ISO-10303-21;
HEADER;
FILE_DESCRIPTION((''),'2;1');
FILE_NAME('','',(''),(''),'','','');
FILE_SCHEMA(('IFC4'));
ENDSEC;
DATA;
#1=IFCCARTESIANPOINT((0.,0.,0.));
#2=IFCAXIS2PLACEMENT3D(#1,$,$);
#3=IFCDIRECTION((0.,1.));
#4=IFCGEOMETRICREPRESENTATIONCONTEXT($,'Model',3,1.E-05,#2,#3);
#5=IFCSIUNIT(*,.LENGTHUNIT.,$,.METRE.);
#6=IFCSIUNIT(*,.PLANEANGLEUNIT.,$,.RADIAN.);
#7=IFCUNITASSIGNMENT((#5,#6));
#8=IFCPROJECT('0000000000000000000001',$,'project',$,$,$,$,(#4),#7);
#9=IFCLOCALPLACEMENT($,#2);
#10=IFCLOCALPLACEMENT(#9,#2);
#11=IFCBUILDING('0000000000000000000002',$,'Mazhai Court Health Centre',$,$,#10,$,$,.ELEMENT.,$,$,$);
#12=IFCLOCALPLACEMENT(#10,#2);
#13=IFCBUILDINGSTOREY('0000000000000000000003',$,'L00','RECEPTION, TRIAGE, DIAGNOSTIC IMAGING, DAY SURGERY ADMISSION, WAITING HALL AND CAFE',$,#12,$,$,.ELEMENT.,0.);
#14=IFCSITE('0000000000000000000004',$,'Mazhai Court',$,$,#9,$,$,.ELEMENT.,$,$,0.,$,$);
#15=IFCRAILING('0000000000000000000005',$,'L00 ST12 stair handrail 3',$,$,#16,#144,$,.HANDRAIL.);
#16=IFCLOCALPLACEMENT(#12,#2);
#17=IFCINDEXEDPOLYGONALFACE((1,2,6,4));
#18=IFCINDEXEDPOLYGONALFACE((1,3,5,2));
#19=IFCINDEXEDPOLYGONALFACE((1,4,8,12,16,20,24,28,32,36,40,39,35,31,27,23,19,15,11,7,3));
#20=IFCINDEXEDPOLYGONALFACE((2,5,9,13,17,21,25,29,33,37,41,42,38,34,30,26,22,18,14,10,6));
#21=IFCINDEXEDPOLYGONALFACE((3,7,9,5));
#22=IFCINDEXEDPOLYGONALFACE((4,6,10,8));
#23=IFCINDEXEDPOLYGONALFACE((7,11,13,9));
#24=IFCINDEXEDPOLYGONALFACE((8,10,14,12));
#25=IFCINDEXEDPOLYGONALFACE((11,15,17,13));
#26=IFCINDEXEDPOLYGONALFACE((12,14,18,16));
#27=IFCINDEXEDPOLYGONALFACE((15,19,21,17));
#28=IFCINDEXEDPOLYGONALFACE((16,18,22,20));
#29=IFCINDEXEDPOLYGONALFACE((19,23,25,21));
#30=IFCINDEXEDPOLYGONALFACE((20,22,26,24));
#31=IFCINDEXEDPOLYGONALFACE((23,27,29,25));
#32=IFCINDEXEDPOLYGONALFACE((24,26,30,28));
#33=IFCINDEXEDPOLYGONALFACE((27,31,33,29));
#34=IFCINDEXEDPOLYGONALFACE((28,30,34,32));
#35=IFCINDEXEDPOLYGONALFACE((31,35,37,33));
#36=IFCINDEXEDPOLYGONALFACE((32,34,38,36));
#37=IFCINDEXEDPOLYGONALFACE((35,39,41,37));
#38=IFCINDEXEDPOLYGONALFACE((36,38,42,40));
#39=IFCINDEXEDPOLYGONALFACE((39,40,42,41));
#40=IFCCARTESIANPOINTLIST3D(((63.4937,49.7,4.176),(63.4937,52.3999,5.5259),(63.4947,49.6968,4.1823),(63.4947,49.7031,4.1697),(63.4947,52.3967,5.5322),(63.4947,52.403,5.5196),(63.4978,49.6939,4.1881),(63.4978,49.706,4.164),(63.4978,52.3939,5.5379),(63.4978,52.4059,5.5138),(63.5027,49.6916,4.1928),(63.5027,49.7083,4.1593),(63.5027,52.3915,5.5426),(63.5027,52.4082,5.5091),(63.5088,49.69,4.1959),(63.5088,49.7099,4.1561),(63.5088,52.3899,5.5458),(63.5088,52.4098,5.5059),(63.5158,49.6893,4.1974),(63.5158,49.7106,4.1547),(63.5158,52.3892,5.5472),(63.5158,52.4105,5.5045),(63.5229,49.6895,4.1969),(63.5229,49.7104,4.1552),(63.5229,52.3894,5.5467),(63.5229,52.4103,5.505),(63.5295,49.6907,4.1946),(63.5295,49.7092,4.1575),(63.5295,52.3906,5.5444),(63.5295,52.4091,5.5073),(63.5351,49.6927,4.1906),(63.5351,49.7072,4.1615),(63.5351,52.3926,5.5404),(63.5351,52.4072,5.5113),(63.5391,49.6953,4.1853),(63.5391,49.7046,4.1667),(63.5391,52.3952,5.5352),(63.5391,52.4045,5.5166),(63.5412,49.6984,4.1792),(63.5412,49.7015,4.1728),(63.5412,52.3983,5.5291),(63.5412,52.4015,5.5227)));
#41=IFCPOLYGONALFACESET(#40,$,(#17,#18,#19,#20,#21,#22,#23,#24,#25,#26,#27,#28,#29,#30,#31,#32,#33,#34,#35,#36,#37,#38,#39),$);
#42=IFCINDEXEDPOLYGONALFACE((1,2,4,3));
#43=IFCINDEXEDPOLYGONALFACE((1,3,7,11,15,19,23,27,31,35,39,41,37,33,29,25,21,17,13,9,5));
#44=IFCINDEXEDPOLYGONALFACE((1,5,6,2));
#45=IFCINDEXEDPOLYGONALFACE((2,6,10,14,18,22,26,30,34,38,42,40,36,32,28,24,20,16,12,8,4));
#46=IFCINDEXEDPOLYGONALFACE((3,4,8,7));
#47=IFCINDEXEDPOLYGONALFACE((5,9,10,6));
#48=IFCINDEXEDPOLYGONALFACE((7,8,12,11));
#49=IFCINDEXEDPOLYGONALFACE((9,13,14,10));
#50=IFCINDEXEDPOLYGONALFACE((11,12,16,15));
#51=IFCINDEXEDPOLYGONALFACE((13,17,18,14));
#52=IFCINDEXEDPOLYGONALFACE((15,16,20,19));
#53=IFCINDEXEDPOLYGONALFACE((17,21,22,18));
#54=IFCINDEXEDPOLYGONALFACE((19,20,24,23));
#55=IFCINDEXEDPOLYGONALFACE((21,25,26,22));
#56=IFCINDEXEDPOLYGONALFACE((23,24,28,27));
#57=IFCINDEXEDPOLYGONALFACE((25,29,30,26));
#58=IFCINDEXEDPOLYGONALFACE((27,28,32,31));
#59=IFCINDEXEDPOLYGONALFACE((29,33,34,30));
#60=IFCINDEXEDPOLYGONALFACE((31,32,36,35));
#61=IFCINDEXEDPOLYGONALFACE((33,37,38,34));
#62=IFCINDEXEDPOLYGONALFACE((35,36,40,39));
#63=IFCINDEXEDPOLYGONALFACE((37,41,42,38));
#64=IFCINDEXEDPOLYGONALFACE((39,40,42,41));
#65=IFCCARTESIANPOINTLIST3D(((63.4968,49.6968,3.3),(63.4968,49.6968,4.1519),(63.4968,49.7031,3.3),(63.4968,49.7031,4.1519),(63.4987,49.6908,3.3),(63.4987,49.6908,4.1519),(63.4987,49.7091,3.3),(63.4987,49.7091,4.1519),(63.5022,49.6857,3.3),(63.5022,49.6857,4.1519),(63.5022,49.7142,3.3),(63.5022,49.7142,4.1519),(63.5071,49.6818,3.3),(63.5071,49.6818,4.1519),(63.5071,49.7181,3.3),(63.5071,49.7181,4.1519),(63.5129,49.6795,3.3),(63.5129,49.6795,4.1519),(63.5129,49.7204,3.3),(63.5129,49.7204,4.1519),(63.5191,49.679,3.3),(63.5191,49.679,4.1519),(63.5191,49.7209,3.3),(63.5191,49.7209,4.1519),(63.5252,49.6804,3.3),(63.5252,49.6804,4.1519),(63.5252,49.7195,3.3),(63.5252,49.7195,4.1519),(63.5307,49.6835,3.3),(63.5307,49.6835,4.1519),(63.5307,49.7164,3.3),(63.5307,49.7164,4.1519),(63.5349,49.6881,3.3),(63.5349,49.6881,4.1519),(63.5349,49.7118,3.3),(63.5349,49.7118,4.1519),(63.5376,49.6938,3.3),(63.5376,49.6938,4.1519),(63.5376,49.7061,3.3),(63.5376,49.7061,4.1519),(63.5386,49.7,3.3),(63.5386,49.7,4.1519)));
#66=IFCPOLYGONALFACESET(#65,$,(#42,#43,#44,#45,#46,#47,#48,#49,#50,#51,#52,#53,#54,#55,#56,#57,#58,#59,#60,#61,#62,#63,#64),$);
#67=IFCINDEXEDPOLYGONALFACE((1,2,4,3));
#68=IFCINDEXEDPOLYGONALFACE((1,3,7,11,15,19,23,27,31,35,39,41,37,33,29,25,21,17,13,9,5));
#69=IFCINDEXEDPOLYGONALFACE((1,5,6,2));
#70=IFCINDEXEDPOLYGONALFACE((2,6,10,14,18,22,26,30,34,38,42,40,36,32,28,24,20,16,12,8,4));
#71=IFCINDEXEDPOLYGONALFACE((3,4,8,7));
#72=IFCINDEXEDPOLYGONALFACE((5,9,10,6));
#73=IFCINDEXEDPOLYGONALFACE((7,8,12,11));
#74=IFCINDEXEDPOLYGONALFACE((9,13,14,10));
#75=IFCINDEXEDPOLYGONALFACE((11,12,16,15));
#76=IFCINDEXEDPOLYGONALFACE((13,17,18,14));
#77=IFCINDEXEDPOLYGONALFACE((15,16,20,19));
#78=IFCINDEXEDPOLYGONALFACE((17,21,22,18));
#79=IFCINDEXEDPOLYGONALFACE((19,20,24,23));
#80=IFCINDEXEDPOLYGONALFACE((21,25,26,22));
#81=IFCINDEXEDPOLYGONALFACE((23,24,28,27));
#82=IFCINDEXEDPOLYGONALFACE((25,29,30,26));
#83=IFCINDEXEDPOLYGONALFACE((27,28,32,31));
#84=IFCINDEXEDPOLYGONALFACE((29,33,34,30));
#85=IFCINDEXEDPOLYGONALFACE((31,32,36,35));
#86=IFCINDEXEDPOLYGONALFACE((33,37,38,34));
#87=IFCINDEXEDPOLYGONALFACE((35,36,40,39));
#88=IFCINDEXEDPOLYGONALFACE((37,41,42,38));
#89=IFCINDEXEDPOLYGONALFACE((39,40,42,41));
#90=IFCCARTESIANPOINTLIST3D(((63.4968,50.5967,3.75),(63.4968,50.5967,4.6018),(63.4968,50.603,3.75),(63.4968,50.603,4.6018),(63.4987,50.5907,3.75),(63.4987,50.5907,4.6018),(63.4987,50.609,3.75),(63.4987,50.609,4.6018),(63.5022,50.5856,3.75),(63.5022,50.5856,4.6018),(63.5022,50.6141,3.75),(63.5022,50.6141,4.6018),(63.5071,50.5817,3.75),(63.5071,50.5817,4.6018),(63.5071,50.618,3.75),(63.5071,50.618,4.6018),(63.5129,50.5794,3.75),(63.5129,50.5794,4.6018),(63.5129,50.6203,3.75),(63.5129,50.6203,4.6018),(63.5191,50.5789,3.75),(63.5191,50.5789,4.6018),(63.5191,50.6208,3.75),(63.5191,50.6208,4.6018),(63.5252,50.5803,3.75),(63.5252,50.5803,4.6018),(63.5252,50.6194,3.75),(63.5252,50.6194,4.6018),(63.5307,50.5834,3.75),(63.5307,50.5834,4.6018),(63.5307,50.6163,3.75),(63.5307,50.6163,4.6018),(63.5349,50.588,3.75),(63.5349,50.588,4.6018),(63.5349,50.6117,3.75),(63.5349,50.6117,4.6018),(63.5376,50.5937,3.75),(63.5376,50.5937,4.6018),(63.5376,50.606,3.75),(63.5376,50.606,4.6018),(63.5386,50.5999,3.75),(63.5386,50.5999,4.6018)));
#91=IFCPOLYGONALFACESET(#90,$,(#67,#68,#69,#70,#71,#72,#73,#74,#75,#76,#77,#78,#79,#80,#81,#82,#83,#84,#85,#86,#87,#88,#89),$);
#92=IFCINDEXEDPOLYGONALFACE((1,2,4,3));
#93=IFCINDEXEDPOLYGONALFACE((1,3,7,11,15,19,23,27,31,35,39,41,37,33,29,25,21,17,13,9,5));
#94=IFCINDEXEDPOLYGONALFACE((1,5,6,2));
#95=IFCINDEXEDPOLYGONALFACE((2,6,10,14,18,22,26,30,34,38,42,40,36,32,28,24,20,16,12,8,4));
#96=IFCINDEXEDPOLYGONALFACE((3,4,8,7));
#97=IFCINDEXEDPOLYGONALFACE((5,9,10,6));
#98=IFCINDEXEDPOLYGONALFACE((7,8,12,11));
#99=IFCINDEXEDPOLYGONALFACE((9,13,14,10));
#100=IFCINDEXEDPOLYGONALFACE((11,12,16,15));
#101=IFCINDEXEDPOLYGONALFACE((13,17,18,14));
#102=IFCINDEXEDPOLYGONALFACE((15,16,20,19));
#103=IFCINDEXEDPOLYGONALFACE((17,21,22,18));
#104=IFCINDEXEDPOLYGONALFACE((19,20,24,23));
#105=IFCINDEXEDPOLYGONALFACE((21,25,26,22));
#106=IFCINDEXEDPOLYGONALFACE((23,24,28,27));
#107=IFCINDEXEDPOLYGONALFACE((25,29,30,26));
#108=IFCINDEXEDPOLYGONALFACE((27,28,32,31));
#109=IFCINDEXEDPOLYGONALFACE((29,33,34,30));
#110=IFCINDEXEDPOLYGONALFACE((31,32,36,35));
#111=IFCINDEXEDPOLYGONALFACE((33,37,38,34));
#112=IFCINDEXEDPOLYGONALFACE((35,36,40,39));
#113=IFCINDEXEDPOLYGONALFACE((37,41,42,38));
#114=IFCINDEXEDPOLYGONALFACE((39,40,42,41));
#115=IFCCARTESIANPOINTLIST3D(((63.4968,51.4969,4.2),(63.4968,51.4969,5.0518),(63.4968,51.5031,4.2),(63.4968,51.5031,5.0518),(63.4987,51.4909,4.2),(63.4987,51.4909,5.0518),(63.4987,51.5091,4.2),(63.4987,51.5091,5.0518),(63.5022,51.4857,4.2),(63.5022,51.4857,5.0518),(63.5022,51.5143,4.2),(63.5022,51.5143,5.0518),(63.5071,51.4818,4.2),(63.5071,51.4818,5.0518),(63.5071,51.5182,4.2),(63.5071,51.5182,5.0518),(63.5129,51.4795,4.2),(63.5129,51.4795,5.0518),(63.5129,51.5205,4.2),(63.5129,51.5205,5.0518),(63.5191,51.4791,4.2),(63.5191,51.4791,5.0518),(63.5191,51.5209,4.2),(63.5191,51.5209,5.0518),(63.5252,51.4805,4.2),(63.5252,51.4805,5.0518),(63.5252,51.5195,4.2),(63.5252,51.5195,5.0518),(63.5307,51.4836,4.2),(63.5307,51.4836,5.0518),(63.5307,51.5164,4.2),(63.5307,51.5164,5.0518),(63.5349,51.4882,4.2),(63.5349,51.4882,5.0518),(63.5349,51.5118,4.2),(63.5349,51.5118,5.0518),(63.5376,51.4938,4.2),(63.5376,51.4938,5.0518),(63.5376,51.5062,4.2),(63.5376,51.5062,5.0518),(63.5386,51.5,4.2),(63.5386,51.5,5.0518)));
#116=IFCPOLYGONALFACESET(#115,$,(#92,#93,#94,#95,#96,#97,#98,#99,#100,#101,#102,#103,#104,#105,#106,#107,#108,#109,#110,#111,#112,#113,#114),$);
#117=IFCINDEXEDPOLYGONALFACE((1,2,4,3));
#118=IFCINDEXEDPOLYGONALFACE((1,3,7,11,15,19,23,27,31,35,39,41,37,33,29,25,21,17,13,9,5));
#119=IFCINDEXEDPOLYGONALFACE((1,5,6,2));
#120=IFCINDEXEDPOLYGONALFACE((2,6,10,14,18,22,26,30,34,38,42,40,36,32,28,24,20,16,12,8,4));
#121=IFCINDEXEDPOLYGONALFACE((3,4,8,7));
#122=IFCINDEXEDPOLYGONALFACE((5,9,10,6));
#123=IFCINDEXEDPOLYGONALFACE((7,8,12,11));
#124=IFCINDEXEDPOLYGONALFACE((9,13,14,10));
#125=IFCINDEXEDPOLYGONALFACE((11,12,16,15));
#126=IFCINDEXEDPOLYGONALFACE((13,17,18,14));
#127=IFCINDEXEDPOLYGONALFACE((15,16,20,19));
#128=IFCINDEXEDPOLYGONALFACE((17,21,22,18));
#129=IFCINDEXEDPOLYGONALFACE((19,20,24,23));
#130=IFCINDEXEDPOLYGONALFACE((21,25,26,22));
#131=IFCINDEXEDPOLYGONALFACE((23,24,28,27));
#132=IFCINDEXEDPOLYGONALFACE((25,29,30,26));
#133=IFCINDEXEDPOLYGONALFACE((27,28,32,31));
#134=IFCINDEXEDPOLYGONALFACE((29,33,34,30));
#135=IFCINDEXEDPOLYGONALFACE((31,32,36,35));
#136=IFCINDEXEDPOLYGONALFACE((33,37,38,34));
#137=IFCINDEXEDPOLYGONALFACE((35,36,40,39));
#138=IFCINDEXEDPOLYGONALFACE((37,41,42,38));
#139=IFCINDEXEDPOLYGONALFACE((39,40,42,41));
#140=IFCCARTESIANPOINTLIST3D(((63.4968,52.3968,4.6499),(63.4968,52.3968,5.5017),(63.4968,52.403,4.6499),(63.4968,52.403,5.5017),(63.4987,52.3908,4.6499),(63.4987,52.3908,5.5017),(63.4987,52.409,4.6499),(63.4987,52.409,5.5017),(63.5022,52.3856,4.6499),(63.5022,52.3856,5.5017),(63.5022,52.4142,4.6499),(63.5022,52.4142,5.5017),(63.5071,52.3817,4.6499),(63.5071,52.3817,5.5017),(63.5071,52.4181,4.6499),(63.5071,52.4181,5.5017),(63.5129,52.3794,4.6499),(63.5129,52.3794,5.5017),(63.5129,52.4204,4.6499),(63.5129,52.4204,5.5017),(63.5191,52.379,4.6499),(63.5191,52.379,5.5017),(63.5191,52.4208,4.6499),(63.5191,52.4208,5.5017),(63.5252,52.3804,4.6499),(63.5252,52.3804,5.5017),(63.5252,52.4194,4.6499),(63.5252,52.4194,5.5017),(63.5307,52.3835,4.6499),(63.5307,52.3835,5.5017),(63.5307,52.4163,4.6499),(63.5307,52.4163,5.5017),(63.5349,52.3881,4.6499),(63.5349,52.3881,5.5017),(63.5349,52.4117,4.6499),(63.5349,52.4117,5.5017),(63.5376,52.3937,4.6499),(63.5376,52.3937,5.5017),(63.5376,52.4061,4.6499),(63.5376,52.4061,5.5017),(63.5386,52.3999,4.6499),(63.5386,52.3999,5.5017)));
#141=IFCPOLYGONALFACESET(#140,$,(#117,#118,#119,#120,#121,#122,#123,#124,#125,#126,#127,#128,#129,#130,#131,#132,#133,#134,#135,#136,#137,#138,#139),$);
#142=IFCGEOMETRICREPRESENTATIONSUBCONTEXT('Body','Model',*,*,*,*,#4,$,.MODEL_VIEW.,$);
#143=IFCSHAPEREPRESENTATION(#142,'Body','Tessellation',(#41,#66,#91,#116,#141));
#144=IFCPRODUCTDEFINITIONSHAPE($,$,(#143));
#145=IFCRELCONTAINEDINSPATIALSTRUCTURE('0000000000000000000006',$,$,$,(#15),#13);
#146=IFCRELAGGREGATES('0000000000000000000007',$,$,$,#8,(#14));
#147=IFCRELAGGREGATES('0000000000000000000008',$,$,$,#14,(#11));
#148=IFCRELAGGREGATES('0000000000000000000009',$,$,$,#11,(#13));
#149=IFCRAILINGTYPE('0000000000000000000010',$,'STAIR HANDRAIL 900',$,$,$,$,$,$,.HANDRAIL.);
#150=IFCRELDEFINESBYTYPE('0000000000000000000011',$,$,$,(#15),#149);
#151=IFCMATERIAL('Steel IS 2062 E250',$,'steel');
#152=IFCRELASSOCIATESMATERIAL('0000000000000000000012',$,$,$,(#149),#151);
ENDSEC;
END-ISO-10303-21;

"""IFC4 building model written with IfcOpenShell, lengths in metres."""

from ifc_helpers import new_model, si_unit, direction, frame, origin, origin_2d, place, context, subcontext, project, spatial, circle, extrude, material, type_object, element, save


model = new_model("IFC4")

# Units and contexts
model_context = context("Model", 3, precision=1e-05, world=origin(), true_north=direction((0.0, 1.0)))
body_context = subcontext(model_context, "Body", "Model", "MODEL_VIEW")
ifc_project = project(units=[si_unit("LENGTHUNIT", "METRE"), si_unit("PLANEANGLEUNIT", "RADIAN")], contexts=[model_context])

# Site, building, storey
site_placement = place(None, origin())
site = spatial("IfcSite", under=ifc_project, at=site_placement, Name="Mazhai Court", CompositionType="ELEMENT", RefElevation=0.0)
building_placement = place(site_placement, origin())
building = spatial("IfcBuilding", under=site, at=building_placement, Name="Mazhai Court Health Centre", CompositionType="ELEMENT")
storey_placement = place(building_placement, origin())
storey = spatial("IfcBuildingStorey", under=building, at=storey_placement, Name="L00", Description="RECEPTION, TRIAGE, DIAGNOSTIC IMAGING, DAY SURGERY ADMISSION, WAITING HALL AND CAFE", CompositionType="ELEMENT", Elevation=0.0)

# Railing
ifc_material_1 = material(Name="Steel IS 2062 E250", Category="steel")
railing_type_1 = type_object("IfcRailingType", Name="STAIR HANDRAIL 900", PredefinedType="HANDRAIL", material=ifc_material_1)
railing_1_placement = place(storey_placement, frame((63.5176, 49.7, 3.3)))
element("IfcRailing", 1, at=railing_1_placement, inside=storey, type_object=railing_type_1, Name="L00 ST12 stair handrail 3", PredefinedType="HANDRAIL", context=body_context, shape_type="SweptSolid", body=[
    extrude(circle(Radius=0.0239, at=origin_2d()), frame((0.0, 0.0, 0.876), z_axis=(0.0, 0.894443, 0.447181), x_axis=(-1.0, 0.0, 0.0)), (0.0, 0.0, 1.0), 3.0186),
    extrude(circle(Radius=0.021, at=origin_2d()), origin(), (0.0, 0.0, 1.0), 0.8518),
    extrude(circle(Radius=0.021, at=origin_2d()), frame((0.0, 0.8999, 0.45)), (0.0, 0.0, 1.0), 0.8518),
    extrude(circle(Radius=0.021, at=origin_2d()), frame((0.0, 1.8, 0.8999)), (0.0, 0.0, 1.0), 0.8518),
    extrude(circle(Radius=0.021, at=origin_2d()), frame((0.0, 2.7, 1.3499)), (0.0, 0.0, 1.0), 0.8518),
])

save(model, "model.ifc")
